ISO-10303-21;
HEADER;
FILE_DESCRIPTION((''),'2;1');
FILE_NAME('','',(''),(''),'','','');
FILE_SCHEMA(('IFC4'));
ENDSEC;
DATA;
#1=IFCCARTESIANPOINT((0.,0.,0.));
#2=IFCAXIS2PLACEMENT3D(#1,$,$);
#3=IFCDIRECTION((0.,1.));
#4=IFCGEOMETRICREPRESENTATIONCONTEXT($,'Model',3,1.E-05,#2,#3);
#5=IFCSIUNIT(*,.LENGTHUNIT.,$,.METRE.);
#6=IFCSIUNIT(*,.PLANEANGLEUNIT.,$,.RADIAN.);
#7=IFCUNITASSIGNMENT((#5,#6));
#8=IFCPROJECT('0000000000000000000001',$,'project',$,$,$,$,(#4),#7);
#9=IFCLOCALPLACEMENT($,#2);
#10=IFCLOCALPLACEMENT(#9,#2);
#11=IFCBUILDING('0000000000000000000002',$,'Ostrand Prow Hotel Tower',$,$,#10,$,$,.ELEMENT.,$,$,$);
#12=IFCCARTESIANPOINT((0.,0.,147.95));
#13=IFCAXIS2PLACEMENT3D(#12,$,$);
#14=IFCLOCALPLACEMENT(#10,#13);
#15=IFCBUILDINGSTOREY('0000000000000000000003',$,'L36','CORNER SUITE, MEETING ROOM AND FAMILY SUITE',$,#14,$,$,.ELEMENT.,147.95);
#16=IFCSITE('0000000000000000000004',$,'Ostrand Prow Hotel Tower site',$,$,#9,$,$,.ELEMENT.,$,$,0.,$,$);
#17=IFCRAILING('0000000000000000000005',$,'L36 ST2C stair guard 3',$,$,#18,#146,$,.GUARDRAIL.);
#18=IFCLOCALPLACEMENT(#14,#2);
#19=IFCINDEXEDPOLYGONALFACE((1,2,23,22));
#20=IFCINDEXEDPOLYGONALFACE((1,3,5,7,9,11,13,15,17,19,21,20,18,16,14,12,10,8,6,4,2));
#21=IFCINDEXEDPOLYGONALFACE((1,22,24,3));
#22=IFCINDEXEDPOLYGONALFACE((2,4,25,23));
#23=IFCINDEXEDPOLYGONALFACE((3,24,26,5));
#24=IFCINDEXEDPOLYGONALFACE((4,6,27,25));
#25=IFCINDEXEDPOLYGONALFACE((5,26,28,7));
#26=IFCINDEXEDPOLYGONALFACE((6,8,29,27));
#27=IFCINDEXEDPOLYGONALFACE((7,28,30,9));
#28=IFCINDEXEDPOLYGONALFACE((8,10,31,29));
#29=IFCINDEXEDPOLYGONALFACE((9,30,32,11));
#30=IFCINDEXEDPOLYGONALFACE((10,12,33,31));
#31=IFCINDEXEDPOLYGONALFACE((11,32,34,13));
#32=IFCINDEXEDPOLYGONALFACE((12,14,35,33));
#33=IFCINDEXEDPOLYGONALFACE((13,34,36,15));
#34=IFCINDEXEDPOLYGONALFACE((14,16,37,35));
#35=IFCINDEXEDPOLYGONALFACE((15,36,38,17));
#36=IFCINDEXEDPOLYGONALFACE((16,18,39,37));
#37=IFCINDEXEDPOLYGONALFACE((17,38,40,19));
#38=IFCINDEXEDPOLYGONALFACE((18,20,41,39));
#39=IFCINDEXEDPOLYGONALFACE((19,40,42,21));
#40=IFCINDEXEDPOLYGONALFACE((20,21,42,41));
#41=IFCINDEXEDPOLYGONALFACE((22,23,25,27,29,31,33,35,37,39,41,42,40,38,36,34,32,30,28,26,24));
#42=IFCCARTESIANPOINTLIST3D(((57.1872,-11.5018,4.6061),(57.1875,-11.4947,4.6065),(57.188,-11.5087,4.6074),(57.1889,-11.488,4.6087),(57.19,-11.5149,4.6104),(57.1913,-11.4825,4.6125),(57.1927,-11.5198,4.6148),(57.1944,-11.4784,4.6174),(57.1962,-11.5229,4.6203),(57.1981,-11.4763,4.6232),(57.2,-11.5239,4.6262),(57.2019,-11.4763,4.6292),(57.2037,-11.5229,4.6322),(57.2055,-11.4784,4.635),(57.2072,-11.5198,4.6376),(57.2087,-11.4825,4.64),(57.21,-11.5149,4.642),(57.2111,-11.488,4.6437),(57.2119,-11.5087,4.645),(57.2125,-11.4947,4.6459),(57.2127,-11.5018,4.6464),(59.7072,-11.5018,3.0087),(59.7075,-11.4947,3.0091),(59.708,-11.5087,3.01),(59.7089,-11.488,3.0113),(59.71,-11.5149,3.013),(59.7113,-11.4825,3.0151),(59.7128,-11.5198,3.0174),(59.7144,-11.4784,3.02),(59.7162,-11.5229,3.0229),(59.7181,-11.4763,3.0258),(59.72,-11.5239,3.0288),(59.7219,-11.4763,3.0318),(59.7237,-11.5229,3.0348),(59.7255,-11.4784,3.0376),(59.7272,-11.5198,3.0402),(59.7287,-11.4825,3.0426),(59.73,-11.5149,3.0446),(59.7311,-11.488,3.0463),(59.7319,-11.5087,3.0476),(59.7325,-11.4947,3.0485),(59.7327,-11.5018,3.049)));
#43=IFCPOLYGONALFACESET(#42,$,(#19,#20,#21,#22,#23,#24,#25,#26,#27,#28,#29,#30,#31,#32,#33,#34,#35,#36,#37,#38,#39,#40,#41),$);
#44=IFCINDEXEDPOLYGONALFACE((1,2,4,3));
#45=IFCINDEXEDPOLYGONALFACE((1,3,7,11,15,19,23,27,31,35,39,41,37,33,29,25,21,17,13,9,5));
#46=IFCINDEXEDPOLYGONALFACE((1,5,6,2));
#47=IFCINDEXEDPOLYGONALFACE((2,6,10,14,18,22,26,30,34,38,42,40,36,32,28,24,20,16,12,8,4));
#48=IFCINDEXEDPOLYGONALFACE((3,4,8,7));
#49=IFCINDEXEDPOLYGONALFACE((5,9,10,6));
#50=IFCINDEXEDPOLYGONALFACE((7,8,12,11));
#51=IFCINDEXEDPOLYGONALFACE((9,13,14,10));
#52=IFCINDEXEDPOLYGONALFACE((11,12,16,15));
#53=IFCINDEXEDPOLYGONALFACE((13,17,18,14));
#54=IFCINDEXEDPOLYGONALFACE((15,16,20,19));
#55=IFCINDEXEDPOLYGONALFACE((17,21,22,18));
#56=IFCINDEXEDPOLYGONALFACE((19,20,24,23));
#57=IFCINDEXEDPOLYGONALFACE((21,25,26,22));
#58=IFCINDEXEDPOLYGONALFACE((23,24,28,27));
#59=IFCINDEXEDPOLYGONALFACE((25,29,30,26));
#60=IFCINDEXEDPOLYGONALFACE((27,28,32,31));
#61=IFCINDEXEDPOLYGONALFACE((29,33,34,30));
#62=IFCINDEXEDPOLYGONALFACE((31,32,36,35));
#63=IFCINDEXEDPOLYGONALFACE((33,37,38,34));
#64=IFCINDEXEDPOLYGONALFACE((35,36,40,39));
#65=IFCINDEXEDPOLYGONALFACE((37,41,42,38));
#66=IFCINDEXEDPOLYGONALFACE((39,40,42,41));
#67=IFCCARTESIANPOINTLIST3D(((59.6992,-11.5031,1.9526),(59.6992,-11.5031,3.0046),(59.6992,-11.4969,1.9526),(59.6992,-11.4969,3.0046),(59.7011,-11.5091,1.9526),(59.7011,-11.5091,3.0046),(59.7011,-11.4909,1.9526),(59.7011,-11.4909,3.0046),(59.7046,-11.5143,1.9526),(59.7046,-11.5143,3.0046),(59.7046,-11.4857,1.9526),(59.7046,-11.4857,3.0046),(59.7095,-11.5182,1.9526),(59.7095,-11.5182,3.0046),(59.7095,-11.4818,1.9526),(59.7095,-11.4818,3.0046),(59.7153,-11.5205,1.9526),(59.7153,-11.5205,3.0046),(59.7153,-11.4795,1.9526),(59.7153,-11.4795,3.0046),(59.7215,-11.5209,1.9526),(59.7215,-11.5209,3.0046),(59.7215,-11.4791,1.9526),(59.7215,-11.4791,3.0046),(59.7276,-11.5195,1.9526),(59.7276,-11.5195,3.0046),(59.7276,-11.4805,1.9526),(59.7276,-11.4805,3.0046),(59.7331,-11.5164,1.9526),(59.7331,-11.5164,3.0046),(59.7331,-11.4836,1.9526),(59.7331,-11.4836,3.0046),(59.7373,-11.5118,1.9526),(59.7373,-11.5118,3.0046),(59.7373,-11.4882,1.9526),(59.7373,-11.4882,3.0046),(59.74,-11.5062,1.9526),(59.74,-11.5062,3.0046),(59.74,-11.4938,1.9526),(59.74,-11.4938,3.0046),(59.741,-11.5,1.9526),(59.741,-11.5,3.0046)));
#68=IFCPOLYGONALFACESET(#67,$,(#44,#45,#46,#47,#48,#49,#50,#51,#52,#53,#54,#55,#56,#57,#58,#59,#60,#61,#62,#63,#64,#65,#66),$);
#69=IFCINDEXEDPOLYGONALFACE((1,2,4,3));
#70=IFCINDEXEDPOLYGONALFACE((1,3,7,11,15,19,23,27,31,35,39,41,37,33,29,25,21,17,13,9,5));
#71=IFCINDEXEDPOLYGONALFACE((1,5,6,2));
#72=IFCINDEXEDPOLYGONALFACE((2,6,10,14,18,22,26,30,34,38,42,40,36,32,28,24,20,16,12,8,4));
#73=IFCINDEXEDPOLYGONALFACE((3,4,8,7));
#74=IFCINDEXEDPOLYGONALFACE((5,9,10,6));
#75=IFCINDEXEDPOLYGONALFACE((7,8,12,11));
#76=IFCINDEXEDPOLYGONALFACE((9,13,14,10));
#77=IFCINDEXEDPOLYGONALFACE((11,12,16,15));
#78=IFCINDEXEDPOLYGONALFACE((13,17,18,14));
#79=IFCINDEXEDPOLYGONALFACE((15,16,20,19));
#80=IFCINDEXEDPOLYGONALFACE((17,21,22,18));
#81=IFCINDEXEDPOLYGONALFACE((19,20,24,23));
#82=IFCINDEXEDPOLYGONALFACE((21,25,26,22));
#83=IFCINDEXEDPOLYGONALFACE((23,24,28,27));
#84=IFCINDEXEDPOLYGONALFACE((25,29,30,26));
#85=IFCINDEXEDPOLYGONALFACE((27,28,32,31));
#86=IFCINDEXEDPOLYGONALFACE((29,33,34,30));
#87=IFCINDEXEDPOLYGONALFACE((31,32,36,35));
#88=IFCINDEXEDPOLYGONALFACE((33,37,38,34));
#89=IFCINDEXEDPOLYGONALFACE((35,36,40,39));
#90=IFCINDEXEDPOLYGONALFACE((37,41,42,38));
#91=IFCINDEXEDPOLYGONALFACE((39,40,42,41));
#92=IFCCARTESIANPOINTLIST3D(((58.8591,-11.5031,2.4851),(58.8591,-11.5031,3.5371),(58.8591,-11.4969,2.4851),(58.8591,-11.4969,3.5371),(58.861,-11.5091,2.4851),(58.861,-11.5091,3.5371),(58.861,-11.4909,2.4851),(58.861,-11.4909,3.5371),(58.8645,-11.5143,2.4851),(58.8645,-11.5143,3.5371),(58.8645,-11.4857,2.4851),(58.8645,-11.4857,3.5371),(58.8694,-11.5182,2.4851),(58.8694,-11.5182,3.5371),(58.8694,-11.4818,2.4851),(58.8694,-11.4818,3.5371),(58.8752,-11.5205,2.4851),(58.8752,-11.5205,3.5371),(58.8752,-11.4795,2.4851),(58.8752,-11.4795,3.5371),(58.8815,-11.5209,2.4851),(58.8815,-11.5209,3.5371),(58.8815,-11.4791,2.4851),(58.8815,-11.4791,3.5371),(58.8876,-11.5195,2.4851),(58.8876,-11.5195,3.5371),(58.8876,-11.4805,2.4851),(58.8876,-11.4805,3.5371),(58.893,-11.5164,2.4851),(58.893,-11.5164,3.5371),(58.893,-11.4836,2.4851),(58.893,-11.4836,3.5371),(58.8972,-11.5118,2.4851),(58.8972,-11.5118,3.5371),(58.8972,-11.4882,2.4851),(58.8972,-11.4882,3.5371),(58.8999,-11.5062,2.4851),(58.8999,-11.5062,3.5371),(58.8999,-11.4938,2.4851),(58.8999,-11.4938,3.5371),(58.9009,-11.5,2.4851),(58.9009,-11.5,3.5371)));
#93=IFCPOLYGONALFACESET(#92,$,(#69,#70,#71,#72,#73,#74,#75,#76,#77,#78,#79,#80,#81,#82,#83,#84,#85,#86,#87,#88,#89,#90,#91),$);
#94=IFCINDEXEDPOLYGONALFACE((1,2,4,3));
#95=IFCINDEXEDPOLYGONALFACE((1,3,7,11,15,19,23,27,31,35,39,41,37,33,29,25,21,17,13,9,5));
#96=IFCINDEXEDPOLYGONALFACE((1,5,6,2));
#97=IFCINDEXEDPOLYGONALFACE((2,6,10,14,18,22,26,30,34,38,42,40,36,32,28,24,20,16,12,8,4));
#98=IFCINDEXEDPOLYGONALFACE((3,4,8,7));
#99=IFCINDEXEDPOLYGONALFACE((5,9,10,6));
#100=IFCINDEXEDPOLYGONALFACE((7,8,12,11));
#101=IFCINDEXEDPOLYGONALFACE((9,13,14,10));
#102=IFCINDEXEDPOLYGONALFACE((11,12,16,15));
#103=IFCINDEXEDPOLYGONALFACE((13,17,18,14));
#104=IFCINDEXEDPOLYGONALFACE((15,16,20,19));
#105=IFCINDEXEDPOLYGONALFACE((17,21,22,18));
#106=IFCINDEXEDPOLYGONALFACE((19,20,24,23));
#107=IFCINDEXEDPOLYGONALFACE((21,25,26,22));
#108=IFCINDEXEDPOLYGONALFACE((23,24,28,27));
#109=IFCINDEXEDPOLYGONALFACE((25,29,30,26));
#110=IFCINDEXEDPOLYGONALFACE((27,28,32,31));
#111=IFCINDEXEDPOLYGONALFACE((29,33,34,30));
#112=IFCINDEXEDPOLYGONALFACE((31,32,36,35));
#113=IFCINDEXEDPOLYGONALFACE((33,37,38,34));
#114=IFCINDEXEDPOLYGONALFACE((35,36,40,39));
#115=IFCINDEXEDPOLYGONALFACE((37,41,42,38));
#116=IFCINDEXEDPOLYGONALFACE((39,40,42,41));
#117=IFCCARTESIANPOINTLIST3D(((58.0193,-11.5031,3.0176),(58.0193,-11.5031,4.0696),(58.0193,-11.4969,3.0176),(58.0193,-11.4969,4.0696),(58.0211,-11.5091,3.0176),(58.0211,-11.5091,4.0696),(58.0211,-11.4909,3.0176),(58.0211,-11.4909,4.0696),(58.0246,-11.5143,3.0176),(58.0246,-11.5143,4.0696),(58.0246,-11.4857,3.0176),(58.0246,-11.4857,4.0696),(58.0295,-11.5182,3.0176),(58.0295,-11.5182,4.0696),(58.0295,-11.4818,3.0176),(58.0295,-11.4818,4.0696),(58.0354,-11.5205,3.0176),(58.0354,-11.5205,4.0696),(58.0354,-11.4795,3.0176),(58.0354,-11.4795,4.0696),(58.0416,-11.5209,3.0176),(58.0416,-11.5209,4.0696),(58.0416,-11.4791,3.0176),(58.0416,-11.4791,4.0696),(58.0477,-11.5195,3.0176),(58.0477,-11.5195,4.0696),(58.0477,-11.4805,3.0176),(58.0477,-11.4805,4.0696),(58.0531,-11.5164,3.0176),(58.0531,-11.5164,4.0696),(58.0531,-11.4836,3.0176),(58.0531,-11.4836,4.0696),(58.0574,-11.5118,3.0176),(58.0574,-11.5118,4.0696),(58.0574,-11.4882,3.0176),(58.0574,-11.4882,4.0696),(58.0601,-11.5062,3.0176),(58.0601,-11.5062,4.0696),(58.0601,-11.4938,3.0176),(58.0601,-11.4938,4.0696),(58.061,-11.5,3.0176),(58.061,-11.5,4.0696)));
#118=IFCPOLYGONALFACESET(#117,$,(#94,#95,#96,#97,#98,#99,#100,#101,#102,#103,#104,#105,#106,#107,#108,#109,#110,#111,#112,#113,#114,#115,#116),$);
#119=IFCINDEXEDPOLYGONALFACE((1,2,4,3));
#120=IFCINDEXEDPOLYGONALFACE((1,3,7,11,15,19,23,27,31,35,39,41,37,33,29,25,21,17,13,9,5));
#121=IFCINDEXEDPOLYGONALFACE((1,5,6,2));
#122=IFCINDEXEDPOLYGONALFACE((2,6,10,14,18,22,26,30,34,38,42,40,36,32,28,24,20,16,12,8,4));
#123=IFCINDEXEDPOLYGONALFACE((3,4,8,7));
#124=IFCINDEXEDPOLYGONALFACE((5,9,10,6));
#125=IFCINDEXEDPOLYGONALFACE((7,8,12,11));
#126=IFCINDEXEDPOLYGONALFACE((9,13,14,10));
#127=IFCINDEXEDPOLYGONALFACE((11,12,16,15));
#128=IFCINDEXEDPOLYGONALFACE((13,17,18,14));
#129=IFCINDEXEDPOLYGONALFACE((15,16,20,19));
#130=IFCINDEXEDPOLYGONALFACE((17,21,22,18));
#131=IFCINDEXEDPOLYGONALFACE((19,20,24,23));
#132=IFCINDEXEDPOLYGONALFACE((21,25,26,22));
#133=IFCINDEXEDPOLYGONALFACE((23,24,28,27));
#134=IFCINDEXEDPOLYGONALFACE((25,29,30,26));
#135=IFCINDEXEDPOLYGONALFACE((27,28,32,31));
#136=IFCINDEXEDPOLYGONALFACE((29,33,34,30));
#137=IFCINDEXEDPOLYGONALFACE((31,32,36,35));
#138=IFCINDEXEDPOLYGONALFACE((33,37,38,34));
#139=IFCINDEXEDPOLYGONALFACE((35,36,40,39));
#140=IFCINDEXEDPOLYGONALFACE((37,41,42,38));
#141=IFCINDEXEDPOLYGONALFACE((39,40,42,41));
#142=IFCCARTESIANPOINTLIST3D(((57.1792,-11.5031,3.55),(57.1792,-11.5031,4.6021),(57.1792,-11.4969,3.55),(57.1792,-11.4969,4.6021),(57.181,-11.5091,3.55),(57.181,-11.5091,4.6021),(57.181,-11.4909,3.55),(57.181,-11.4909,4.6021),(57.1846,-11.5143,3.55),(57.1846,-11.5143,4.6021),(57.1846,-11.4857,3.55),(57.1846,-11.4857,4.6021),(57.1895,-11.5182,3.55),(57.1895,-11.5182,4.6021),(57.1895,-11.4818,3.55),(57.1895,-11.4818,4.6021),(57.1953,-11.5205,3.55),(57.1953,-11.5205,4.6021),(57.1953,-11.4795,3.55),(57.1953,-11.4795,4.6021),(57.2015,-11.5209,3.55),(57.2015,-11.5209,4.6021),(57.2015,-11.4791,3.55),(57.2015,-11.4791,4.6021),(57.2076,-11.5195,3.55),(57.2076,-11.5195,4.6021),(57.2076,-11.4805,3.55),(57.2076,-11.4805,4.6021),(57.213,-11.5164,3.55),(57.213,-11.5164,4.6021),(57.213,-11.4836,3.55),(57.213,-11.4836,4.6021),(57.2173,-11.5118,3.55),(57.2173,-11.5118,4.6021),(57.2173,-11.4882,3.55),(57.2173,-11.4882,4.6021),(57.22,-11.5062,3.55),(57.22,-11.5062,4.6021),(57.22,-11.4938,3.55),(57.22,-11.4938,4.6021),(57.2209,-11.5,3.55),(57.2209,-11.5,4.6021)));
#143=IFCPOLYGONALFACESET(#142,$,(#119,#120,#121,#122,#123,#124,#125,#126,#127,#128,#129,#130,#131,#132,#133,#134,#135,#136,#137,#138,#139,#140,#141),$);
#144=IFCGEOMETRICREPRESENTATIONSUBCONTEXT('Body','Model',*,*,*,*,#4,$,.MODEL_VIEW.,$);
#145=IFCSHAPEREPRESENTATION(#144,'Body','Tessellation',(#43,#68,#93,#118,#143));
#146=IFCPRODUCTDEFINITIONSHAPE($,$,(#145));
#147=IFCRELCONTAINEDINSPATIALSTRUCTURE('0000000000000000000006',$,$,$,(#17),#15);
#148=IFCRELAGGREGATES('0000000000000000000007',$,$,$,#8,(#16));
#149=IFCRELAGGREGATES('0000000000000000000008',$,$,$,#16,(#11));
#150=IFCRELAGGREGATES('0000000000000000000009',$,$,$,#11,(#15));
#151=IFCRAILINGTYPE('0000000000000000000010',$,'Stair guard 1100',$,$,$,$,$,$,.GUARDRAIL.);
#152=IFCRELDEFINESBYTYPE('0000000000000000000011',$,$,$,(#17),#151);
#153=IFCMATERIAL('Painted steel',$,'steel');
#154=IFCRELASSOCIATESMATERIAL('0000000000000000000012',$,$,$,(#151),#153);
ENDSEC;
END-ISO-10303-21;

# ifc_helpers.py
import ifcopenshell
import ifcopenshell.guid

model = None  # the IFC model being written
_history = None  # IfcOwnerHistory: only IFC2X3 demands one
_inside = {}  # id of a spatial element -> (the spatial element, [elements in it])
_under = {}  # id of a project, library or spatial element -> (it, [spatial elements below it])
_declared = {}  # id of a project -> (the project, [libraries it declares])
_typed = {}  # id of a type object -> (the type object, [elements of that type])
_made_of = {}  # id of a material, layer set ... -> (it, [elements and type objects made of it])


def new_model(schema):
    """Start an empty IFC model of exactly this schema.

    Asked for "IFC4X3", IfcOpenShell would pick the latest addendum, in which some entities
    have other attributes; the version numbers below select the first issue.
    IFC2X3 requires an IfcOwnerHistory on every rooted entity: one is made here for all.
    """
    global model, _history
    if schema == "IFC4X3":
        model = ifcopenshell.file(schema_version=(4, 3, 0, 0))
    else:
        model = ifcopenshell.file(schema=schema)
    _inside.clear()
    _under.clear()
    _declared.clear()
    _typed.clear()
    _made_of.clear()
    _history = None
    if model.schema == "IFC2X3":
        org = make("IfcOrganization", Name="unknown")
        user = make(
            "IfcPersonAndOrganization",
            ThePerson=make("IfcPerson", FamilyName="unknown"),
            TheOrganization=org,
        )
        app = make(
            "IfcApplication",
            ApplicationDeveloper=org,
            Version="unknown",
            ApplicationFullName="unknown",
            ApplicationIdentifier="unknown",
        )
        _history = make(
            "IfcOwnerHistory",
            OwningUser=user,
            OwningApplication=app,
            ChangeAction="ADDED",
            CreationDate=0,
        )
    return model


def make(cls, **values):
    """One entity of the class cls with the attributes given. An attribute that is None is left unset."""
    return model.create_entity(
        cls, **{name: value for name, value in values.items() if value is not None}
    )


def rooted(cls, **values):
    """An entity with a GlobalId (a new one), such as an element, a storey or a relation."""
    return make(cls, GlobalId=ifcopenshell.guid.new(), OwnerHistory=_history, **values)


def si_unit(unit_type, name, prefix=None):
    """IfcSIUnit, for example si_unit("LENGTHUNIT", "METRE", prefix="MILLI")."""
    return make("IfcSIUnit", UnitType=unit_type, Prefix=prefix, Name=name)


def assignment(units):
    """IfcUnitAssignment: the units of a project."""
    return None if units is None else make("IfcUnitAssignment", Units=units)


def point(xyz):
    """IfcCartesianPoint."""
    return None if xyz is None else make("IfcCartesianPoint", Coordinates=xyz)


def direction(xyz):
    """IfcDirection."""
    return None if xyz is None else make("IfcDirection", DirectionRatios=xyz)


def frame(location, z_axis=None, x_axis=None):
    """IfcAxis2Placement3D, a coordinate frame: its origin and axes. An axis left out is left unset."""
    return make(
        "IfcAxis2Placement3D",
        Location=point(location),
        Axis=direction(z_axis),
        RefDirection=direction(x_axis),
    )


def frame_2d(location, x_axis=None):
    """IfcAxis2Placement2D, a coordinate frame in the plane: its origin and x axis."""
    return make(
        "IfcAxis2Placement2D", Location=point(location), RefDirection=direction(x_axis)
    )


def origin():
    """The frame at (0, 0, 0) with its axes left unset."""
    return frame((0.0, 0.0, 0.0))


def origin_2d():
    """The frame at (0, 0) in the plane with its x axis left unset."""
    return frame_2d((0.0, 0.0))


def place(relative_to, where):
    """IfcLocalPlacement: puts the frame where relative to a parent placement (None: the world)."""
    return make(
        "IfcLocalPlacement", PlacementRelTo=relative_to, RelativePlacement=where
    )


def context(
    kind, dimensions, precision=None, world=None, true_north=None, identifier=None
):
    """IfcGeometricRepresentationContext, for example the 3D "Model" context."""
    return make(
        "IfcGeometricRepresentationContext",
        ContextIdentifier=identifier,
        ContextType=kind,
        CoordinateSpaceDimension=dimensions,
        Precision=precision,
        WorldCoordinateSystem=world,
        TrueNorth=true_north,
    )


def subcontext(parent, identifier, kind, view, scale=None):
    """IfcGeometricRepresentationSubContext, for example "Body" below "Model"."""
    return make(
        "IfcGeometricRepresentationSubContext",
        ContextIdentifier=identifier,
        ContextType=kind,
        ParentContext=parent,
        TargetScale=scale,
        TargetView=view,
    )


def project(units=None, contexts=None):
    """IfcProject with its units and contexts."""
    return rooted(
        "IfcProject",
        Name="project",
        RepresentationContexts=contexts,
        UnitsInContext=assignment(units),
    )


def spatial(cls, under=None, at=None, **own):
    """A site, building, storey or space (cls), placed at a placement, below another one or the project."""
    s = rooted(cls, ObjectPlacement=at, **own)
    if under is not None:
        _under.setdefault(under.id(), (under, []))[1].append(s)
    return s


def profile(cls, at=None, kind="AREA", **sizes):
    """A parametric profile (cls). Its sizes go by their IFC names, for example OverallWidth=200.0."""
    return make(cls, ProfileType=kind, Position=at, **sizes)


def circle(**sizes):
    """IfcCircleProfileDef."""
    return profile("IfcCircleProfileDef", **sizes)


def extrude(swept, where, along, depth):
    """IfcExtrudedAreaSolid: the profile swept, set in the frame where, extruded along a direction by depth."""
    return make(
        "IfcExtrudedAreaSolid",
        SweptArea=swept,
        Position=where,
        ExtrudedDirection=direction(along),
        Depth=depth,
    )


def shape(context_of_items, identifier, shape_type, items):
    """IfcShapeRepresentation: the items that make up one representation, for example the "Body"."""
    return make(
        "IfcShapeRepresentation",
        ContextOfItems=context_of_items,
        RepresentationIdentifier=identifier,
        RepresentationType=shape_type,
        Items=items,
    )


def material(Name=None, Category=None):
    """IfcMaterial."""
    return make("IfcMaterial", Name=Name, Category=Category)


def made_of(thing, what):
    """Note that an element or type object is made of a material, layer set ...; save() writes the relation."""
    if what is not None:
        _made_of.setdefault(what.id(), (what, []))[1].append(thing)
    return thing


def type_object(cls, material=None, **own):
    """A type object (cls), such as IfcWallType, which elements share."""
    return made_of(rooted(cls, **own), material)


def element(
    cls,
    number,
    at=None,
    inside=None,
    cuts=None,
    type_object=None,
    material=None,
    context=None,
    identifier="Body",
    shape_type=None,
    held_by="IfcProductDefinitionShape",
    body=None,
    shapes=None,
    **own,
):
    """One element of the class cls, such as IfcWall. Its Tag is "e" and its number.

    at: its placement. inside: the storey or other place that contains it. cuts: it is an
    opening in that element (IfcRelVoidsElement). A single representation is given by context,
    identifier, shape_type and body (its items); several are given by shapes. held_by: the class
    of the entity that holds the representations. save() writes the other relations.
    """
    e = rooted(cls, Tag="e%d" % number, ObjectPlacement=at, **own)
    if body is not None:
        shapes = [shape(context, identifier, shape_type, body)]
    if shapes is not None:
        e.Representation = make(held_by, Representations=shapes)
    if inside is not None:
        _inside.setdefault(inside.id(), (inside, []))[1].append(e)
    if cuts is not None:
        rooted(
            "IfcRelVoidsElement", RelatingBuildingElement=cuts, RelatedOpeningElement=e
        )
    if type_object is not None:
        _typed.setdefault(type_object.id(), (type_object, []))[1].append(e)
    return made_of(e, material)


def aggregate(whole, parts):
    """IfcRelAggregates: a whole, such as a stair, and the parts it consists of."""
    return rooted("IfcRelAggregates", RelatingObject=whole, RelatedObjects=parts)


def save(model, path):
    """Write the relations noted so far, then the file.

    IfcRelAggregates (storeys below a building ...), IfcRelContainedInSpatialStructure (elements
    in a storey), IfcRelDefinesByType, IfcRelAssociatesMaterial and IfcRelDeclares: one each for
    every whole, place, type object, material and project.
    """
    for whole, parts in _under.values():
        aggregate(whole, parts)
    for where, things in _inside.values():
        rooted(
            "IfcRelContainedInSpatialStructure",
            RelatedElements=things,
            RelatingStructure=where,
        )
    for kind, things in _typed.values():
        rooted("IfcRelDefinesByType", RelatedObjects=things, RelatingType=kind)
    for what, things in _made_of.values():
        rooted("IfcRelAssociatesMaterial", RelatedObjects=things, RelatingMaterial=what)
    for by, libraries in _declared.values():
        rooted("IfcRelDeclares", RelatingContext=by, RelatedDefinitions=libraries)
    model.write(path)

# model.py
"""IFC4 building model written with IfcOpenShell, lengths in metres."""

from ifc_helpers import new_model, si_unit, direction, frame, origin, origin_2d, place, context, subcontext, project, spatial, circle, extrude, material, type_object, element, save


model = new_model("IFC4")

# Units and contexts
model_context = context("Model", 3, precision=1e-05, world=origin(), true_north=direction((0.0, 1.0)))
body_context = subcontext(model_context, "Body", "Model", "MODEL_VIEW")
ifc_project = project(units=[si_unit("LENGTHUNIT", "METRE"), si_unit("PLANEANGLEUNIT", "RADIAN")], contexts=[model_context])

# Site, building, storey
site_placement = place(None, origin())
site = spatial("IfcSite", under=ifc_project, at=site_placement, Name="Ostrand Prow Hotel Tower site", CompositionType="ELEMENT", RefElevation=0.0)
building_placement = place(site_placement, origin())
building = spatial("IfcBuilding", under=site, at=building_placement, Name="Ostrand Prow Hotel Tower", CompositionType="ELEMENT")
storey_placement = place(building_placement, frame((0.0, 0.0, 147.95)))
storey = spatial("IfcBuildingStorey", under=building, at=storey_placement, Name="L36", Description="CORNER SUITE, MEETING ROOM AND FAMILY SUITE", CompositionType="ELEMENT", Elevation=147.95)

# Railing
ifc_material_1 = material(Name="Painted steel", Category="steel")
railing_type_1 = type_object("IfcRailingType", Name="Stair guard 1100", PredefinedType="GUARDRAIL", material=ifc_material_1)
railing_1_placement = place(storey_placement, frame((59.72, -11.5, 1.9526)))
element("IfcRailing", 1, at=railing_1_placement, inside=storey, type_object=railing_type_1, Name="L36 ST2C stair guard 3", PredefinedType="GUARDRAIL", context=body_context, shape_type="SweptSolid", body=[
    extrude(circle(Radius=0.0239, at=origin_2d()), frame((0.0, 0.0, 1.0762), z_axis=(-0.844607, 0.0, 0.535387), x_axis=(0.0, -1.0, 0.0)), (0.0, 0.0, 1.0), 2.9836),
    extrude(circle(Radius=0.021, at=origin_2d()), origin(), (0.0, 0.0, 1.0), 1.052),
    extrude(circle(Radius=0.021, at=origin_2d()), frame((-0.8401, 0.0, 0.5325)), (0.0, 0.0, 1.0), 1.052),
    extrude(circle(Radius=0.021, at=origin_2d()), frame((-1.6799, 0.0, 1.0649)), (0.0, 0.0, 1.0), 1.052),
    extrude(circle(Radius=0.021, at=origin_2d()), frame((-2.52, 0.0, 1.5974)), (0.0, 0.0, 1.0), 1.052),
])

save(model, "model.ifc")
